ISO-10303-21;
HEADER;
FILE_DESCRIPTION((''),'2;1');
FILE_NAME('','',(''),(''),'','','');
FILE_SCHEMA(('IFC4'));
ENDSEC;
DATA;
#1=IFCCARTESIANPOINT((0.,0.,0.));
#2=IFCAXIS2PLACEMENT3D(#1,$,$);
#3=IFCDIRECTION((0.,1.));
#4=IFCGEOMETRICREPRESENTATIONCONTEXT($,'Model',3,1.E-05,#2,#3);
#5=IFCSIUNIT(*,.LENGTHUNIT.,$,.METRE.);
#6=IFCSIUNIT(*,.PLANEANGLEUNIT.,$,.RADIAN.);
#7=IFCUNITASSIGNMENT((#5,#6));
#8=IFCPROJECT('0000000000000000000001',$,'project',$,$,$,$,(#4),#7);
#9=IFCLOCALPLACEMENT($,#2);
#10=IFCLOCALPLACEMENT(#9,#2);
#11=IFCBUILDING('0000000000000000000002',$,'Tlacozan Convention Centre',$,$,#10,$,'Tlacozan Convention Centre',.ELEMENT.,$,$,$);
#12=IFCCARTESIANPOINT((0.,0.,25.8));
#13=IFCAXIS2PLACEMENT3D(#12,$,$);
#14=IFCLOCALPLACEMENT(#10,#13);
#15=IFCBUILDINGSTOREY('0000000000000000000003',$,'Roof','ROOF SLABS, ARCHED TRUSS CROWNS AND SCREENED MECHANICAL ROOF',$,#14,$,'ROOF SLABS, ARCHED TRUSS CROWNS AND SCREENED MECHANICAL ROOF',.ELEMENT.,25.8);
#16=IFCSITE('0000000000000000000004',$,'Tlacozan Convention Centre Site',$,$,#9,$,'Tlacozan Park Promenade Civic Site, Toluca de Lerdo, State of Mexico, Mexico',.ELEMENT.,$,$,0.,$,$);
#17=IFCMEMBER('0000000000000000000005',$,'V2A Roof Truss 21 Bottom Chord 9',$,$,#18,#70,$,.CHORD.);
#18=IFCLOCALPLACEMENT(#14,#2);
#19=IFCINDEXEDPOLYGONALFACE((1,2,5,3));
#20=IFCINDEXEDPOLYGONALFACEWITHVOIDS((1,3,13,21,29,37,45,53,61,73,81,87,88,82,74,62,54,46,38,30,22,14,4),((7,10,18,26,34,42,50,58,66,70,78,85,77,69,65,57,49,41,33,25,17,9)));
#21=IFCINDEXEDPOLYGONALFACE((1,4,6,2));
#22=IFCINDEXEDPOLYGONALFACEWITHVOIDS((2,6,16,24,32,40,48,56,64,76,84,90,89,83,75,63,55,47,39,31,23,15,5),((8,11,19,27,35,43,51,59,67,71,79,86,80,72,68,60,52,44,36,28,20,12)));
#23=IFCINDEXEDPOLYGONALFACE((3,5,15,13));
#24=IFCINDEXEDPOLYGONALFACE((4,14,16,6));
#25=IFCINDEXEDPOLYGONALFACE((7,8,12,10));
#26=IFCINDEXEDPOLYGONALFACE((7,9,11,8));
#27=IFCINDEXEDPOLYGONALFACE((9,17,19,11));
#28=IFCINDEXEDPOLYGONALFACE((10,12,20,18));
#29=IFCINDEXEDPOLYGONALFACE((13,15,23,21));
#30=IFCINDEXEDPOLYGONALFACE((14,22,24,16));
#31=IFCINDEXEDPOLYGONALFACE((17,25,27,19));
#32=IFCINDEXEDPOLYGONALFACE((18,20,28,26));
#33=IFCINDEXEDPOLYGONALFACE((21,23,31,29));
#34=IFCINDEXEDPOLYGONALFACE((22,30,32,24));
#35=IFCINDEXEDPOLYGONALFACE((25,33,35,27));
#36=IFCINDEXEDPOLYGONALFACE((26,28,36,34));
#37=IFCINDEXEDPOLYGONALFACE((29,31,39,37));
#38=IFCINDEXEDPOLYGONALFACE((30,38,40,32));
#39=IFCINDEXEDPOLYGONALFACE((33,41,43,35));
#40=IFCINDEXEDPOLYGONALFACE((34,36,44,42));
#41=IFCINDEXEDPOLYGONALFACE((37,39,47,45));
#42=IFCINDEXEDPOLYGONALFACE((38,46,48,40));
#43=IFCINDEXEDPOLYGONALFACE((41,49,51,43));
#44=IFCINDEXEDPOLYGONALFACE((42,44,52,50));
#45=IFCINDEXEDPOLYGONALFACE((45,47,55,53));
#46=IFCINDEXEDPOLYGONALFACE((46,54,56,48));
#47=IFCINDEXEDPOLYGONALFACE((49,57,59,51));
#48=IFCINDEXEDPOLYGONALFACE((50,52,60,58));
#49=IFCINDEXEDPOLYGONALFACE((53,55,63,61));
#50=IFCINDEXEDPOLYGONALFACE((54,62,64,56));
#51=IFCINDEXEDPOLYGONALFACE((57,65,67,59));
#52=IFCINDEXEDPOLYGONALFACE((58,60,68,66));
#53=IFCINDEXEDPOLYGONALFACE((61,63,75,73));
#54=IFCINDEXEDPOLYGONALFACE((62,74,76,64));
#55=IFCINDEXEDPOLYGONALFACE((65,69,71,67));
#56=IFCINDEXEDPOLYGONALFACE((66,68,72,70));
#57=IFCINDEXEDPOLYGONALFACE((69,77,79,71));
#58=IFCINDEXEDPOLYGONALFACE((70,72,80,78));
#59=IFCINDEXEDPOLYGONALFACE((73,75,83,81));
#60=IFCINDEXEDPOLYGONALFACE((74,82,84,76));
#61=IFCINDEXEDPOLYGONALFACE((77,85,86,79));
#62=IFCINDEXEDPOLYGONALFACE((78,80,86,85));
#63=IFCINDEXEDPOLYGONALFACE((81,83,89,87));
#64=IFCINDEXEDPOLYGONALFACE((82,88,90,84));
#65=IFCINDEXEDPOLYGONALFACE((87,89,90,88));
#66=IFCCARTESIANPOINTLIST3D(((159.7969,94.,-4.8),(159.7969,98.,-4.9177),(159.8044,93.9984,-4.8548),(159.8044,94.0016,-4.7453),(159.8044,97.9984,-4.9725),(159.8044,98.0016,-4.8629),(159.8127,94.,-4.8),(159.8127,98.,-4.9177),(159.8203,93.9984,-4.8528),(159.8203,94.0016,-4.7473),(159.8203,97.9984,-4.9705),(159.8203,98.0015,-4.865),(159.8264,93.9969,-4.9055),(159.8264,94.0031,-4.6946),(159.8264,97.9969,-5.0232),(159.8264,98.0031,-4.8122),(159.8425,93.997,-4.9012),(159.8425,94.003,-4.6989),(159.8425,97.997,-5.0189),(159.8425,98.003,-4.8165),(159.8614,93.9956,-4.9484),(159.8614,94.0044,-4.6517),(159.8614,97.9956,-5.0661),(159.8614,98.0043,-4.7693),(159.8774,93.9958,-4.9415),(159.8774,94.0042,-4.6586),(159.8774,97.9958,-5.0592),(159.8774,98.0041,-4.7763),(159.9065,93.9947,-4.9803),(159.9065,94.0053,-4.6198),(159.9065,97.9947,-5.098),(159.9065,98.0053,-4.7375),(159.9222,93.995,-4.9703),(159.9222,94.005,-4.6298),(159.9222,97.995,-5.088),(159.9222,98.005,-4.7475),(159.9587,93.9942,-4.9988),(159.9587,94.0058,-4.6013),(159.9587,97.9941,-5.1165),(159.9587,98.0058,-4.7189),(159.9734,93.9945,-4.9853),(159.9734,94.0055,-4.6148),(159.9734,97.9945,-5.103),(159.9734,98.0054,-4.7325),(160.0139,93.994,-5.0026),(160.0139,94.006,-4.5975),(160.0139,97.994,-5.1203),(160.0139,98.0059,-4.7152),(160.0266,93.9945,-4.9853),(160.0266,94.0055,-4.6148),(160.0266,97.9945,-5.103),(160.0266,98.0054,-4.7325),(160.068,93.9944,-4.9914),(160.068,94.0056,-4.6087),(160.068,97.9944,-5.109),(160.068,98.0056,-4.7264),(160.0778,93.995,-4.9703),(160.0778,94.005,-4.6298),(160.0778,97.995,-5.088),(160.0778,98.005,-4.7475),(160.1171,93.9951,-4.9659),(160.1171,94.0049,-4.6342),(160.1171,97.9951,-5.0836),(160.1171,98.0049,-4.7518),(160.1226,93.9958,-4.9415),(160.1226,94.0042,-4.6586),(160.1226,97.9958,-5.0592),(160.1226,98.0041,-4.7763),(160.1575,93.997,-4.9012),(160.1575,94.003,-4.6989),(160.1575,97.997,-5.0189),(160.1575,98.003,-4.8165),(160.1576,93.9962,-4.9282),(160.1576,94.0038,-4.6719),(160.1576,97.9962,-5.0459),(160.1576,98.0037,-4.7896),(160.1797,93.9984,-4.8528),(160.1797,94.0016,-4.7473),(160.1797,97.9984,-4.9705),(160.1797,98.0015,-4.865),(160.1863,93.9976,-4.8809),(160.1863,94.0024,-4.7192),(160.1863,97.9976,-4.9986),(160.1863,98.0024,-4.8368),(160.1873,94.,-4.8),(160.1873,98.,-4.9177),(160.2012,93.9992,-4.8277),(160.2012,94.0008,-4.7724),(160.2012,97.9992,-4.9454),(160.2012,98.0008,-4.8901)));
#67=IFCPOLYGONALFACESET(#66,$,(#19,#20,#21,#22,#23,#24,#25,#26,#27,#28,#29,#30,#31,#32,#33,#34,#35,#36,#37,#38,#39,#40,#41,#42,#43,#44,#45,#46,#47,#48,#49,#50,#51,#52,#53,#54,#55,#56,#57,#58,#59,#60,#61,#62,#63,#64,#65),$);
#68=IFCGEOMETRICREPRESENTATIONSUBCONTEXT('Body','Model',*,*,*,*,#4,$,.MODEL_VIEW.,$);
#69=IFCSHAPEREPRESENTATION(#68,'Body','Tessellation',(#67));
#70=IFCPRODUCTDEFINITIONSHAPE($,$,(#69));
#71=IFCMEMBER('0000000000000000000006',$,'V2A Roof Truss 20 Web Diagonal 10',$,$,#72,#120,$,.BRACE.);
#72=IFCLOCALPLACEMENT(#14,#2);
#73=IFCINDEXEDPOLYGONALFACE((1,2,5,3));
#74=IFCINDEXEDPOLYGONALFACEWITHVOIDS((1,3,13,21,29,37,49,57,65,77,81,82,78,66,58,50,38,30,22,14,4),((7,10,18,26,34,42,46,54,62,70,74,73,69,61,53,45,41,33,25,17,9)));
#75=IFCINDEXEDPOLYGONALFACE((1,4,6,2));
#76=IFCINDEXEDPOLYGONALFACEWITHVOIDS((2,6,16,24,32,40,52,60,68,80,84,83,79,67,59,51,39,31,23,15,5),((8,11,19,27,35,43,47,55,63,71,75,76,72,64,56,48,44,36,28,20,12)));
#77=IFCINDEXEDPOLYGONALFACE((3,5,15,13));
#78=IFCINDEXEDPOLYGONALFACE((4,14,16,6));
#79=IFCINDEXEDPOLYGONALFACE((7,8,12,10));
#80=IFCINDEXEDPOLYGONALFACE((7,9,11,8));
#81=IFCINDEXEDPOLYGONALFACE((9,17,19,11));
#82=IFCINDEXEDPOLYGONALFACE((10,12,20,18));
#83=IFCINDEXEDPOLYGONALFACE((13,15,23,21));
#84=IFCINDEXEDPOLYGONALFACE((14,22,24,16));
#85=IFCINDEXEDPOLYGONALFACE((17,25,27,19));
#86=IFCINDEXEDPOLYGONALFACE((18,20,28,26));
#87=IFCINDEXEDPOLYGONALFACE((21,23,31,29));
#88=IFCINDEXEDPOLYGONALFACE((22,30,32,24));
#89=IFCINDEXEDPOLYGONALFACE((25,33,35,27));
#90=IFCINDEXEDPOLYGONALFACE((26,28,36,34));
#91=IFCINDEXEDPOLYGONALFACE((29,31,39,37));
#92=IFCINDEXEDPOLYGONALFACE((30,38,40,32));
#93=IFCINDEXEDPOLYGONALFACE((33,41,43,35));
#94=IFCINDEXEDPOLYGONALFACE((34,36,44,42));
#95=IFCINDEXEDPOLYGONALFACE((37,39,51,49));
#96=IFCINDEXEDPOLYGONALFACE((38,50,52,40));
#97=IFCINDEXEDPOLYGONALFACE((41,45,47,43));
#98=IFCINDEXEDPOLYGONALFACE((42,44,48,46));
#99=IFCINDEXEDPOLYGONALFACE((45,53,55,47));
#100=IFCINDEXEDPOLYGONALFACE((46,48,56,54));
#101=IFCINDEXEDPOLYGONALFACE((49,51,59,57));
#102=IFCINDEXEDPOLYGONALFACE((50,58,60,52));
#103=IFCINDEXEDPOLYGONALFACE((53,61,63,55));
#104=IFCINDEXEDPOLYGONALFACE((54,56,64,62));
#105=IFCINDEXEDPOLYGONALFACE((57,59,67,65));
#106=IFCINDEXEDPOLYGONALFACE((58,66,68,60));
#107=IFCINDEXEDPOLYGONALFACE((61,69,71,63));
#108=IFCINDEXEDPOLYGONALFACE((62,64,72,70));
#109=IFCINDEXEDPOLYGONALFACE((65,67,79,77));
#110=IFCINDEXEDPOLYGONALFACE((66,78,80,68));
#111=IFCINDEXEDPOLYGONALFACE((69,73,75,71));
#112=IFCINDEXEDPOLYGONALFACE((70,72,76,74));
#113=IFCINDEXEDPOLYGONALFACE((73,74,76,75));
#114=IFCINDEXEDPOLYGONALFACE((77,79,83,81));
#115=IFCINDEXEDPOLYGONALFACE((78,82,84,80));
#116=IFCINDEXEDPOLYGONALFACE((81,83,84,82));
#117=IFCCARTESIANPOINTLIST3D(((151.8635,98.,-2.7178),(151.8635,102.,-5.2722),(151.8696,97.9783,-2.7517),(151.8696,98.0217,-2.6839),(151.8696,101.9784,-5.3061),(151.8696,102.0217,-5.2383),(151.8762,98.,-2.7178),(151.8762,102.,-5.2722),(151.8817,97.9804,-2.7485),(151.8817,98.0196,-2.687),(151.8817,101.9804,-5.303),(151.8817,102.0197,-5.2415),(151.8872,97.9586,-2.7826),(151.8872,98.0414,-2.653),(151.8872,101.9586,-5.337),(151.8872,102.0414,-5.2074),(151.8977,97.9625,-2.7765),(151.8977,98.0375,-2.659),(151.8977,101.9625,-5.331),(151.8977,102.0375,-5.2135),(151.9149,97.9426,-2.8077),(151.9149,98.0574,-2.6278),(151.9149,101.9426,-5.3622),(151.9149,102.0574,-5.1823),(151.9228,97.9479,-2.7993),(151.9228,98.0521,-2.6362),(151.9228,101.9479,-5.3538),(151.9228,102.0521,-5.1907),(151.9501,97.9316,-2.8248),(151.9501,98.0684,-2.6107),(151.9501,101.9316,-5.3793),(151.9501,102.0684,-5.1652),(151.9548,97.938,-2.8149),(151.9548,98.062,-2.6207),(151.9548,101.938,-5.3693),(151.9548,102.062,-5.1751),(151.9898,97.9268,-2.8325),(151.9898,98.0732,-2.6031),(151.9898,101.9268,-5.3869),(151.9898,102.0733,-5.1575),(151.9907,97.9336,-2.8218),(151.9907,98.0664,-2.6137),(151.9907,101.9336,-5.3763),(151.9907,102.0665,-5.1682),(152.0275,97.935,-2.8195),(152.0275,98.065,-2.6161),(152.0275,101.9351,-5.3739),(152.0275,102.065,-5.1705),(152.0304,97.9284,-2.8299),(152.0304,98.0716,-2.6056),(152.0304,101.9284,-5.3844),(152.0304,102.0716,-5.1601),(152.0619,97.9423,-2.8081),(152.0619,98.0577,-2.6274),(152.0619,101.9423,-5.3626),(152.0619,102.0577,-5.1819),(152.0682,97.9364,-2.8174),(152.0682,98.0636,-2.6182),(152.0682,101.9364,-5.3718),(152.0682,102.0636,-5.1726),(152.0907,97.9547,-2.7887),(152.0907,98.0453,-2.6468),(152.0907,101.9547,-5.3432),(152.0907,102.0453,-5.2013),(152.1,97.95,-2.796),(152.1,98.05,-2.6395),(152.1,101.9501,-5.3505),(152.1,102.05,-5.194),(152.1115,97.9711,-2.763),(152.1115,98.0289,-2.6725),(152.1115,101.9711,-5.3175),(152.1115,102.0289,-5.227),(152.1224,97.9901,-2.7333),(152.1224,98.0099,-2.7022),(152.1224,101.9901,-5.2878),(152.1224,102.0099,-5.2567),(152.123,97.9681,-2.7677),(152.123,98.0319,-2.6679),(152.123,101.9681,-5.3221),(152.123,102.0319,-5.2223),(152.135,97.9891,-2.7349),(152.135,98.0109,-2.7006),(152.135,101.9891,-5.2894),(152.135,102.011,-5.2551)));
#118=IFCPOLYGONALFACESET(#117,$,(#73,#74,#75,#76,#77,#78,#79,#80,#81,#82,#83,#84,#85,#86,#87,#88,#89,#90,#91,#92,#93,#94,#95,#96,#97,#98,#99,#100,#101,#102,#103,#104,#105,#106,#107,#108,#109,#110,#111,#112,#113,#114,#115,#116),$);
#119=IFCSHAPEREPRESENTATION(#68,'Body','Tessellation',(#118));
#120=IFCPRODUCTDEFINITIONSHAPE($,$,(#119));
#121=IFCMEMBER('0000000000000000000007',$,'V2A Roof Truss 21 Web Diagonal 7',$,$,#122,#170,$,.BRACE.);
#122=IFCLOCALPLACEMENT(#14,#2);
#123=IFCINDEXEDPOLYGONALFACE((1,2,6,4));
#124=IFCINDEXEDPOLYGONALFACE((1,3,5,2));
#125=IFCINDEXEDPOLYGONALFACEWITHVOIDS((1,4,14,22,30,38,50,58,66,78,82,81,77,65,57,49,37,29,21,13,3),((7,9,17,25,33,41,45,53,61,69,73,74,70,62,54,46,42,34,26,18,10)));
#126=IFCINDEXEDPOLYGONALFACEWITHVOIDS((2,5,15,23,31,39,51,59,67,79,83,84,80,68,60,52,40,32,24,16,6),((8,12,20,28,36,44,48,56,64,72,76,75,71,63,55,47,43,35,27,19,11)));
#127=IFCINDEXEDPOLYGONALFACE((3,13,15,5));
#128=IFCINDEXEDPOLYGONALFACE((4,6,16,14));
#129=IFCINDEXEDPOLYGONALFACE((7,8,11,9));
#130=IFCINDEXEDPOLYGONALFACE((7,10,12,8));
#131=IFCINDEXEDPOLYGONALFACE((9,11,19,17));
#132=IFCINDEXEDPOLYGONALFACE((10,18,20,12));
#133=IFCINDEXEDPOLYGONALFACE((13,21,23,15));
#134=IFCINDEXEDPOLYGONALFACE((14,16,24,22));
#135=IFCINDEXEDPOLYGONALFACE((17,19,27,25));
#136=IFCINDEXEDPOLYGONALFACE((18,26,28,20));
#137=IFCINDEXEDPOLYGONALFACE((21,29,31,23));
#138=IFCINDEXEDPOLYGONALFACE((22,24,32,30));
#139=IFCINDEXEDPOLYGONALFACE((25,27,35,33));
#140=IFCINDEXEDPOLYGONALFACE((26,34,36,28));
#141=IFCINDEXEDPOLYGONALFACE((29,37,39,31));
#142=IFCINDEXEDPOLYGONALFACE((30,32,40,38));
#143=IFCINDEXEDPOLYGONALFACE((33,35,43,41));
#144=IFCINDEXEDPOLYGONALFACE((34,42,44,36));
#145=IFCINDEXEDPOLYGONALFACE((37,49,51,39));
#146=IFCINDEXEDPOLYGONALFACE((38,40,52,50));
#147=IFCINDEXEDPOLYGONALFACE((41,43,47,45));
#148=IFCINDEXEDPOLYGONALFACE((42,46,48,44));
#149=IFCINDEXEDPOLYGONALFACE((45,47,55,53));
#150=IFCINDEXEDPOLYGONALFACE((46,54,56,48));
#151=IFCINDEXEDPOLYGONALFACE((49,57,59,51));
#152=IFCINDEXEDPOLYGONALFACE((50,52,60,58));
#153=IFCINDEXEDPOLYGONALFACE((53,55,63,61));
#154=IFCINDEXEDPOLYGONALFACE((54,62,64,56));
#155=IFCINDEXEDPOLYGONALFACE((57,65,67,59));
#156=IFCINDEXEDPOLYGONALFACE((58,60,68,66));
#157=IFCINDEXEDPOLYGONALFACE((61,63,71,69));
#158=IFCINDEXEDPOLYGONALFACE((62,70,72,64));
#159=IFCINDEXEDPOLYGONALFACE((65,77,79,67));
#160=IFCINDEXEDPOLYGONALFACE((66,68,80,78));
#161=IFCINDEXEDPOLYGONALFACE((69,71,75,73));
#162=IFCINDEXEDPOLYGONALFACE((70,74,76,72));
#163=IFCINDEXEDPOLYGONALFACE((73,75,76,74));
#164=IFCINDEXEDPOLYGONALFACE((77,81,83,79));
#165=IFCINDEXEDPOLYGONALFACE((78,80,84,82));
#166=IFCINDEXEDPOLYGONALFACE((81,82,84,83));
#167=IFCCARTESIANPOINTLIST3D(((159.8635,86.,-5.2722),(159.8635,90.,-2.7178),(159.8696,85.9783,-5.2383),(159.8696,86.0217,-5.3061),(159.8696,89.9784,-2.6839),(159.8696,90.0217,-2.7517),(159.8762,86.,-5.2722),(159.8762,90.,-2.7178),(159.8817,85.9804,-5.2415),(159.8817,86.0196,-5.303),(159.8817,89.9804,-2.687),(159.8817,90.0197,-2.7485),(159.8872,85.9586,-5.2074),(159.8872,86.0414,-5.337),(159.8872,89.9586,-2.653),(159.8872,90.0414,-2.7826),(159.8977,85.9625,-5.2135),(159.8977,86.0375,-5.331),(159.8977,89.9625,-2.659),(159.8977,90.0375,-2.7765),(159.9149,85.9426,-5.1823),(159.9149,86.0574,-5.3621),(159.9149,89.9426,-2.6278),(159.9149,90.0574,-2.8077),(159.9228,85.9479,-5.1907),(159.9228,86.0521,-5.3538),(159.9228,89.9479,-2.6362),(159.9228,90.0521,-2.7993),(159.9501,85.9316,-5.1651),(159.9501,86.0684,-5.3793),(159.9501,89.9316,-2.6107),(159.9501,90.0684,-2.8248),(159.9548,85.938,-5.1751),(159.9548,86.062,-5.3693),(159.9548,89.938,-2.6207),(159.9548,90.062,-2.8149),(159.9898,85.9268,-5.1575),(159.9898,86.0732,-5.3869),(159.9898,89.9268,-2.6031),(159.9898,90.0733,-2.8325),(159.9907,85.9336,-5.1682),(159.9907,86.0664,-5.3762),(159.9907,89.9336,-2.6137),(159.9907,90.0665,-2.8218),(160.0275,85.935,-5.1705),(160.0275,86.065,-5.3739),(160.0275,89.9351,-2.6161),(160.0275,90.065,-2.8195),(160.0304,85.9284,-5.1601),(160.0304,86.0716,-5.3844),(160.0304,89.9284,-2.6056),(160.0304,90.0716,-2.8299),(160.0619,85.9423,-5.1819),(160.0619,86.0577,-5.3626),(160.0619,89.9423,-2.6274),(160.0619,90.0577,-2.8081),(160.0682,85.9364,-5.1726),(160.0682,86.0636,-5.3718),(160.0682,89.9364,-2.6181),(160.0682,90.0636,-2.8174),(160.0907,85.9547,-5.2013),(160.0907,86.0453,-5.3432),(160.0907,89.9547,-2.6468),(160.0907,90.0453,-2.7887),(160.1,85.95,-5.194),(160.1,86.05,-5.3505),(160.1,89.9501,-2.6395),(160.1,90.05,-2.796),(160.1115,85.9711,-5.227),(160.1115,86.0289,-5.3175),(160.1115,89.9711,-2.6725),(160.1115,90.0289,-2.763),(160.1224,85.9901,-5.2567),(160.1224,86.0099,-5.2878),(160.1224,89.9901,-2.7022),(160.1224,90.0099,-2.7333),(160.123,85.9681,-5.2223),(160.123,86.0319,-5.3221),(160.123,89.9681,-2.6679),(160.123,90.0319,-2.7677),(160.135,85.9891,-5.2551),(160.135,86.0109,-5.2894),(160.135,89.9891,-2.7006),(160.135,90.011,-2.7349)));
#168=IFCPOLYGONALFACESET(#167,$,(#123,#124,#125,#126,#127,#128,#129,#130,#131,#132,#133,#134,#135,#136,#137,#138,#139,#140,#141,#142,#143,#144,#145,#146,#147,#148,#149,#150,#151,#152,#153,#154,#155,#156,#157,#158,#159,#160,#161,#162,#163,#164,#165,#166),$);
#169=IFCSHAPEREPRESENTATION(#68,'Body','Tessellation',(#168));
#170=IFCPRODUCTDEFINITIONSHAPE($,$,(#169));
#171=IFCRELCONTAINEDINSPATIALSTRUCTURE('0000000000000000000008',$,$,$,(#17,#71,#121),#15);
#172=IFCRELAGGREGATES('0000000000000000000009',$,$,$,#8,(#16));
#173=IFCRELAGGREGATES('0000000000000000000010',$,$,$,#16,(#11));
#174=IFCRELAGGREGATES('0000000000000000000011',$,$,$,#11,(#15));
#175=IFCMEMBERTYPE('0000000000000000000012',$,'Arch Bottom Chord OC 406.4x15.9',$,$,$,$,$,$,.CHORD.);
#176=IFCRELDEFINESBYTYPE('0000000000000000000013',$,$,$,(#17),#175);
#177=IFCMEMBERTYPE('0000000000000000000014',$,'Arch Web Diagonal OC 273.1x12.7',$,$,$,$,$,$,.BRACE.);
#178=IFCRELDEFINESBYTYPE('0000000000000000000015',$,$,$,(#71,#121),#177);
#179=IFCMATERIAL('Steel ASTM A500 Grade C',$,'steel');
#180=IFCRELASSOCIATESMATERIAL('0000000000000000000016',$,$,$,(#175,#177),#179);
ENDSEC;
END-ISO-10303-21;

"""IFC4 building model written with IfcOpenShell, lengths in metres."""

from ifc_helpers import new_model, si_unit, direction, frame, origin, origin_2d, place, context, subcontext, project, spatial, hollow_circle, extrude, material, material_profile, profile_set, type_object, element, save


model = new_model("IFC4")

# Units and contexts
model_context = context("Model", 3, precision=1e-05, world=origin(), true_north=direction((0.0, 1.0)))
body_context = subcontext(model_context, "Body", "Model", "MODEL_VIEW")
ifc_project = project(units=[si_unit("LENGTHUNIT", "METRE"), si_unit("PLANEANGLEUNIT", "RADIAN")], contexts=[model_context])

# Site, building, storey
site_placement = place(None, origin())
site = spatial("IfcSite", under=ifc_project, at=site_placement, Name="Tlacozan Convention Centre Site", LongName="Tlacozan Park Promenade Civic Site, Toluca de Lerdo, State of Mexico, Mexico", CompositionType="ELEMENT", RefElevation=0.0)
building_placement = place(site_placement, origin())
building = spatial("IfcBuilding", under=site, at=building_placement, Name="Tlacozan Convention Centre", LongName="Tlacozan Convention Centre", CompositionType="ELEMENT")
storey_placement = place(building_placement, frame((0.0, 0.0, 25.8)))
storey = spatial("IfcBuildingStorey", under=building, at=storey_placement, Name="Roof", Description="ROOF SLABS, ARCHED TRUSS CROWNS AND SCREENED MECHANICAL ROOF", LongName="ROOF SLABS, ARCHED TRUSS CROWNS AND SCREENED MECHANICAL ROOF", CompositionType="ELEMENT", Elevation=25.8)

# Members
ifc_material_1 = material(Name="Steel ASTM A500 Grade C", Category="steel")
ifc_material_profile_1 = material_profile(ifc_material_1, hollow_circle(Radius=0.2031, WallThickness=0.0159, at=origin_2d()), Name="OC 406.4x15.9")
ifc_profile_set_1 = profile_set([ifc_material_profile_1], Name="Steel ASTM A500 Grade C")
member_type_1 = type_object("IfcMemberType", Name="Arch Bottom Chord OC 406.4x15.9", PredefinedType="CHORD", material=ifc_profile_set_1)
for number, where, z_axis, x_axis, name in (
    (1, (160.0, 94.0, -4.8), (0.0, 0.999568, -0.029406), (-1.0, 0.0, 0.0), "V2A Roof Truss 21 Bottom Chord 9"),
):
    element("IfcMember", number, at=place(storey_placement, frame(where, z_axis=z_axis, x_axis=x_axis)), inside=storey, type_object=member_type_1, Name=name, PredefinedType="CHORD", context=body_context, shape_type="SweptSolid", body=[
        extrude(hollow_circle(Radius=0.2031, WallThickness=0.0159, at=origin_2d()), origin(), (0.0, 0.0, 1.0), 4.0017),
    ])
ifc_material_profile_2 = material_profile(ifc_material_1, hollow_circle(Radius=0.1365, WallThickness=0.0127, at=origin_2d()), Name="OC 273.1x12.7")
ifc_profile_set_2 = profile_set([ifc_material_profile_2], Name="Steel ASTM A500 Grade C")
member_type_2 = type_object("IfcMemberType", Name="Arch Web Diagonal OC 273.1x12.7", PredefinedType="BRACE", material=ifc_profile_set_2)
for number, where, z_axis, x_axis, name in (
    (2, (152.0, 98.0, -2.7178), (0.0, 0.842803, -0.538223), (-1.0, 0.0, 0.0), "V2A Roof Truss 20 Web Diagonal 10"),
    (3, (160.0, 86.0, -5.2722), (0.0, 0.842803, 0.538223), (-1.0, 0.0, 0.0), "V2A Roof Truss 21 Web Diagonal 7"),
):
    element("IfcMember", number, at=place(storey_placement, frame(where, z_axis=z_axis, x_axis=x_axis)), inside=storey, type_object=member_type_2, Name=name, PredefinedType="BRACE", context=body_context, shape_type="SweptSolid", body=[
        extrude(hollow_circle(Radius=0.1365, WallThickness=0.0127, at=origin_2d()), origin(), (0.0, 0.0, 1.0), 4.7461),
    ])

save(model, "model.ifc")
